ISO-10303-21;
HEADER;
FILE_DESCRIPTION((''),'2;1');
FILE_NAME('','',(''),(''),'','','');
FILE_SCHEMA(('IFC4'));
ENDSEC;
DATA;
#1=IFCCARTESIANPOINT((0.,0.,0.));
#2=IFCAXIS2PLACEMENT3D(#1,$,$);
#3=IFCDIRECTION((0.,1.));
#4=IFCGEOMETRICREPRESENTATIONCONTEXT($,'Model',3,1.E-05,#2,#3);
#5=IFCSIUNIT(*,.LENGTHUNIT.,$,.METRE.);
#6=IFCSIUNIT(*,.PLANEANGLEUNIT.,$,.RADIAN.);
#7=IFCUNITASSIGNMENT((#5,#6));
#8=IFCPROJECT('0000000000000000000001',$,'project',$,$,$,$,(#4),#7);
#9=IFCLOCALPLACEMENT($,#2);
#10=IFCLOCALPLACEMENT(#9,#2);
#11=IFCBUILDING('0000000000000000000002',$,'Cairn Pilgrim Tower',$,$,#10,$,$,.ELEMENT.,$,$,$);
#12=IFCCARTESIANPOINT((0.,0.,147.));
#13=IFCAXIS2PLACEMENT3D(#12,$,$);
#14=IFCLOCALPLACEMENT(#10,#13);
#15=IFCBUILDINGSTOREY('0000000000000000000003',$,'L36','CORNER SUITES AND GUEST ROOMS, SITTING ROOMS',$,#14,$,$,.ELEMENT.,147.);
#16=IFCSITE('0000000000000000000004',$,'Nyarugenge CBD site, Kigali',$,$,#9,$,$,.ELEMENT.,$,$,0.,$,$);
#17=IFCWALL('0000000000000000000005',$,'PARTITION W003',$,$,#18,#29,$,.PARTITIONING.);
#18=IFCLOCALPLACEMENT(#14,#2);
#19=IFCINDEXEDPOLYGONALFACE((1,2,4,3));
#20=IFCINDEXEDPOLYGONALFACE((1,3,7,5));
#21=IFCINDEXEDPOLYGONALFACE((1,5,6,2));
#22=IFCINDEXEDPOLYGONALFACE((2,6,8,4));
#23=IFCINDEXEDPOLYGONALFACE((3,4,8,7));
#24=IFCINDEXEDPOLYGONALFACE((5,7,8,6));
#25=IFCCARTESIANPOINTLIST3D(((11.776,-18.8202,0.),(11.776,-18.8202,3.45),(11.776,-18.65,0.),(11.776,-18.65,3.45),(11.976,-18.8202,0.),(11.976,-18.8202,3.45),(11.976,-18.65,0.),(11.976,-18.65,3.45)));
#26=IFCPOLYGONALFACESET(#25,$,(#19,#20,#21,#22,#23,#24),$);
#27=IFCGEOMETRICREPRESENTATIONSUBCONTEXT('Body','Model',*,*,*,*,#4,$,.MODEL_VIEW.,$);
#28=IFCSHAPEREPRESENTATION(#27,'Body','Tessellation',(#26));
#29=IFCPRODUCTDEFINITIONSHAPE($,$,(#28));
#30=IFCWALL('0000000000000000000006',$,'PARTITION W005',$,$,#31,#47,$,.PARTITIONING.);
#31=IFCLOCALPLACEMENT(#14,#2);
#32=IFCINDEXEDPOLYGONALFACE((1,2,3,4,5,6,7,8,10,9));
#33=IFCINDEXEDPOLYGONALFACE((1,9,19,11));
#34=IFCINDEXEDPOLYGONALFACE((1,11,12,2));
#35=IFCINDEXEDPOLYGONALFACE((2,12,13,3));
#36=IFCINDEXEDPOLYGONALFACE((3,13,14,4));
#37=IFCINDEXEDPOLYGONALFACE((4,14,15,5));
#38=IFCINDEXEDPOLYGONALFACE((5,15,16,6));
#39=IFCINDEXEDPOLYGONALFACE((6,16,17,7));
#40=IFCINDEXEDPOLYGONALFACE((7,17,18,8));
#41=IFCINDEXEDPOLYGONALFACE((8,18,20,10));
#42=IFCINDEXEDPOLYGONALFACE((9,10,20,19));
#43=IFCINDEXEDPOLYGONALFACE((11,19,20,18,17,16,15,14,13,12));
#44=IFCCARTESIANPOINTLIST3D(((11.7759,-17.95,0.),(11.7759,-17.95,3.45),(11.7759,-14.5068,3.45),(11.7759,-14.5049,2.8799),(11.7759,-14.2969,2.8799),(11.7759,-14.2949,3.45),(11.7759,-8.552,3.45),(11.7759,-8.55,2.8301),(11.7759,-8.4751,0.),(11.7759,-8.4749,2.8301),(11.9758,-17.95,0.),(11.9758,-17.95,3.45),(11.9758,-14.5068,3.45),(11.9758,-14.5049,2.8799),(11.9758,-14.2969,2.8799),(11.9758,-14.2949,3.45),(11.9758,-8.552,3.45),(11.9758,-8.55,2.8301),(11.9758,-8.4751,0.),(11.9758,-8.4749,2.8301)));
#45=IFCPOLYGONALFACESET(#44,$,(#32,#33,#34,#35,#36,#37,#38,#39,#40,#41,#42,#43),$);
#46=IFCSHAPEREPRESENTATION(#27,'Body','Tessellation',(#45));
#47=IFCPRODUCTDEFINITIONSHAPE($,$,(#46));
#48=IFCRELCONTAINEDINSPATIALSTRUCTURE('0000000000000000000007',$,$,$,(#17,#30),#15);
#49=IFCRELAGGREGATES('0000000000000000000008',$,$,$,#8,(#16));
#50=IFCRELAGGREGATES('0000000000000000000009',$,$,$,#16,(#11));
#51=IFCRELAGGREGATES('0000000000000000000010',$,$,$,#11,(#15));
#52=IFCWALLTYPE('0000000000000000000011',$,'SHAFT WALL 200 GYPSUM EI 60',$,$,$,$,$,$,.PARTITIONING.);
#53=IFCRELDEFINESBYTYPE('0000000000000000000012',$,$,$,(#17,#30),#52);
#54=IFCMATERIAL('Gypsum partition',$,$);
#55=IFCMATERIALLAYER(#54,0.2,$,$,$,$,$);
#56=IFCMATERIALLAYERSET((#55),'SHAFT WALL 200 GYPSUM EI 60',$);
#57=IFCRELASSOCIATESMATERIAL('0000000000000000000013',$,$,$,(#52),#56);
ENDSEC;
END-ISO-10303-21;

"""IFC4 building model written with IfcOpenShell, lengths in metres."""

from ifc_helpers import new_model, si_unit, direction, frame, frame_2d, origin, place, context, subcontext, project, spatial, polyline, rectangle, outline, extrude, material, layer, layer_set, type_object, element, save


model = new_model("IFC4")

# Units and contexts
model_context = context("Model", 3, precision=1e-05, world=origin(), true_north=direction((0.0, 1.0)))
body_context = subcontext(model_context, "Body", "Model", "MODEL_VIEW")
ifc_project = project(units=[si_unit("LENGTHUNIT", "METRE"), si_unit("PLANEANGLEUNIT", "RADIAN")], contexts=[model_context])

# Site, building, storey
site_placement = place(None, origin())
site = spatial("IfcSite", under=ifc_project, at=site_placement, Name="Nyarugenge CBD site, Kigali", CompositionType="ELEMENT", RefElevation=0.0)
building_placement = place(site_placement, origin())
building = spatial("IfcBuilding", under=site, at=building_placement, Name="Cairn Pilgrim Tower", CompositionType="ELEMENT")
storey_placement = place(building_placement, frame((0.0, 0.0, 147.0)))
storey = spatial("IfcBuildingStorey", under=building, at=storey_placement, Name="L36", Description="CORNER SUITES AND GUEST ROOMS, SITTING ROOMS", CompositionType="ELEMENT", Elevation=147.0)

# Shared definitions
ifc_material_1 = material(Name="Gypsum partition")

# Walls
ifc_layer_1 = layer(ifc_material_1, 0.2)
ifc_layer_set_1 = layer_set([ifc_layer_1], Name="SHAFT WALL 200 GYPSUM EI 60")
wall_type_1 = type_object("IfcWallType", Name="SHAFT WALL 200 GYPSUM EI 60", PredefinedType="PARTITIONING", material=ifc_layer_set_1)
wall_1_placement = place(storey_placement, frame((11.876, -18.8201, 0.0), z_axis=(0.0, 0.0, 1.0), x_axis=(0.0, 1.0, 0.0)))
element("IfcWall", 1, at=wall_1_placement, inside=storey, type_object=wall_type_1, Name="PARTITION W003", PredefinedType="PARTITIONING", context=body_context, shape_type="SweptSolid", body=[
    extrude(rectangle(XDim=0.1702, YDim=0.2, at=frame_2d((0.085, 0.0))), origin(), (0.0, 0.0, 1.0), 3.45),
])
wall_2_placement = place(storey_placement, frame((11.876, -17.95, 0.0), z_axis=(0.0, 0.0, 1.0), x_axis=(0.0, 1.0, 0.0)))
element("IfcWall", 2, at=wall_2_placement, inside=storey, type_object=wall_type_1, Name="PARTITION W005", PredefinedType="PARTITIONING", context=body_context, shape_type="SweptSolid", body=[
    extrude(outline(polyline([(0.0, 0.0), (9.4749, 0.0), (9.4751, 2.8301), (9.3999, 2.8301), (9.3979, 3.45), (3.655, 3.45), (3.6531, 2.8799), (3.4451, 2.8799), (3.4431, 3.45), (0.0, 3.45), (0.0, 0.0)])), frame((0.0, 0.1001, 0.0), z_axis=(0.0, -1.0, 0.0), x_axis=(1.0, 0.0, 0.0)), (0.0, 0.0, 1.0), 0.2),
])

save(model, "model.ifc")
